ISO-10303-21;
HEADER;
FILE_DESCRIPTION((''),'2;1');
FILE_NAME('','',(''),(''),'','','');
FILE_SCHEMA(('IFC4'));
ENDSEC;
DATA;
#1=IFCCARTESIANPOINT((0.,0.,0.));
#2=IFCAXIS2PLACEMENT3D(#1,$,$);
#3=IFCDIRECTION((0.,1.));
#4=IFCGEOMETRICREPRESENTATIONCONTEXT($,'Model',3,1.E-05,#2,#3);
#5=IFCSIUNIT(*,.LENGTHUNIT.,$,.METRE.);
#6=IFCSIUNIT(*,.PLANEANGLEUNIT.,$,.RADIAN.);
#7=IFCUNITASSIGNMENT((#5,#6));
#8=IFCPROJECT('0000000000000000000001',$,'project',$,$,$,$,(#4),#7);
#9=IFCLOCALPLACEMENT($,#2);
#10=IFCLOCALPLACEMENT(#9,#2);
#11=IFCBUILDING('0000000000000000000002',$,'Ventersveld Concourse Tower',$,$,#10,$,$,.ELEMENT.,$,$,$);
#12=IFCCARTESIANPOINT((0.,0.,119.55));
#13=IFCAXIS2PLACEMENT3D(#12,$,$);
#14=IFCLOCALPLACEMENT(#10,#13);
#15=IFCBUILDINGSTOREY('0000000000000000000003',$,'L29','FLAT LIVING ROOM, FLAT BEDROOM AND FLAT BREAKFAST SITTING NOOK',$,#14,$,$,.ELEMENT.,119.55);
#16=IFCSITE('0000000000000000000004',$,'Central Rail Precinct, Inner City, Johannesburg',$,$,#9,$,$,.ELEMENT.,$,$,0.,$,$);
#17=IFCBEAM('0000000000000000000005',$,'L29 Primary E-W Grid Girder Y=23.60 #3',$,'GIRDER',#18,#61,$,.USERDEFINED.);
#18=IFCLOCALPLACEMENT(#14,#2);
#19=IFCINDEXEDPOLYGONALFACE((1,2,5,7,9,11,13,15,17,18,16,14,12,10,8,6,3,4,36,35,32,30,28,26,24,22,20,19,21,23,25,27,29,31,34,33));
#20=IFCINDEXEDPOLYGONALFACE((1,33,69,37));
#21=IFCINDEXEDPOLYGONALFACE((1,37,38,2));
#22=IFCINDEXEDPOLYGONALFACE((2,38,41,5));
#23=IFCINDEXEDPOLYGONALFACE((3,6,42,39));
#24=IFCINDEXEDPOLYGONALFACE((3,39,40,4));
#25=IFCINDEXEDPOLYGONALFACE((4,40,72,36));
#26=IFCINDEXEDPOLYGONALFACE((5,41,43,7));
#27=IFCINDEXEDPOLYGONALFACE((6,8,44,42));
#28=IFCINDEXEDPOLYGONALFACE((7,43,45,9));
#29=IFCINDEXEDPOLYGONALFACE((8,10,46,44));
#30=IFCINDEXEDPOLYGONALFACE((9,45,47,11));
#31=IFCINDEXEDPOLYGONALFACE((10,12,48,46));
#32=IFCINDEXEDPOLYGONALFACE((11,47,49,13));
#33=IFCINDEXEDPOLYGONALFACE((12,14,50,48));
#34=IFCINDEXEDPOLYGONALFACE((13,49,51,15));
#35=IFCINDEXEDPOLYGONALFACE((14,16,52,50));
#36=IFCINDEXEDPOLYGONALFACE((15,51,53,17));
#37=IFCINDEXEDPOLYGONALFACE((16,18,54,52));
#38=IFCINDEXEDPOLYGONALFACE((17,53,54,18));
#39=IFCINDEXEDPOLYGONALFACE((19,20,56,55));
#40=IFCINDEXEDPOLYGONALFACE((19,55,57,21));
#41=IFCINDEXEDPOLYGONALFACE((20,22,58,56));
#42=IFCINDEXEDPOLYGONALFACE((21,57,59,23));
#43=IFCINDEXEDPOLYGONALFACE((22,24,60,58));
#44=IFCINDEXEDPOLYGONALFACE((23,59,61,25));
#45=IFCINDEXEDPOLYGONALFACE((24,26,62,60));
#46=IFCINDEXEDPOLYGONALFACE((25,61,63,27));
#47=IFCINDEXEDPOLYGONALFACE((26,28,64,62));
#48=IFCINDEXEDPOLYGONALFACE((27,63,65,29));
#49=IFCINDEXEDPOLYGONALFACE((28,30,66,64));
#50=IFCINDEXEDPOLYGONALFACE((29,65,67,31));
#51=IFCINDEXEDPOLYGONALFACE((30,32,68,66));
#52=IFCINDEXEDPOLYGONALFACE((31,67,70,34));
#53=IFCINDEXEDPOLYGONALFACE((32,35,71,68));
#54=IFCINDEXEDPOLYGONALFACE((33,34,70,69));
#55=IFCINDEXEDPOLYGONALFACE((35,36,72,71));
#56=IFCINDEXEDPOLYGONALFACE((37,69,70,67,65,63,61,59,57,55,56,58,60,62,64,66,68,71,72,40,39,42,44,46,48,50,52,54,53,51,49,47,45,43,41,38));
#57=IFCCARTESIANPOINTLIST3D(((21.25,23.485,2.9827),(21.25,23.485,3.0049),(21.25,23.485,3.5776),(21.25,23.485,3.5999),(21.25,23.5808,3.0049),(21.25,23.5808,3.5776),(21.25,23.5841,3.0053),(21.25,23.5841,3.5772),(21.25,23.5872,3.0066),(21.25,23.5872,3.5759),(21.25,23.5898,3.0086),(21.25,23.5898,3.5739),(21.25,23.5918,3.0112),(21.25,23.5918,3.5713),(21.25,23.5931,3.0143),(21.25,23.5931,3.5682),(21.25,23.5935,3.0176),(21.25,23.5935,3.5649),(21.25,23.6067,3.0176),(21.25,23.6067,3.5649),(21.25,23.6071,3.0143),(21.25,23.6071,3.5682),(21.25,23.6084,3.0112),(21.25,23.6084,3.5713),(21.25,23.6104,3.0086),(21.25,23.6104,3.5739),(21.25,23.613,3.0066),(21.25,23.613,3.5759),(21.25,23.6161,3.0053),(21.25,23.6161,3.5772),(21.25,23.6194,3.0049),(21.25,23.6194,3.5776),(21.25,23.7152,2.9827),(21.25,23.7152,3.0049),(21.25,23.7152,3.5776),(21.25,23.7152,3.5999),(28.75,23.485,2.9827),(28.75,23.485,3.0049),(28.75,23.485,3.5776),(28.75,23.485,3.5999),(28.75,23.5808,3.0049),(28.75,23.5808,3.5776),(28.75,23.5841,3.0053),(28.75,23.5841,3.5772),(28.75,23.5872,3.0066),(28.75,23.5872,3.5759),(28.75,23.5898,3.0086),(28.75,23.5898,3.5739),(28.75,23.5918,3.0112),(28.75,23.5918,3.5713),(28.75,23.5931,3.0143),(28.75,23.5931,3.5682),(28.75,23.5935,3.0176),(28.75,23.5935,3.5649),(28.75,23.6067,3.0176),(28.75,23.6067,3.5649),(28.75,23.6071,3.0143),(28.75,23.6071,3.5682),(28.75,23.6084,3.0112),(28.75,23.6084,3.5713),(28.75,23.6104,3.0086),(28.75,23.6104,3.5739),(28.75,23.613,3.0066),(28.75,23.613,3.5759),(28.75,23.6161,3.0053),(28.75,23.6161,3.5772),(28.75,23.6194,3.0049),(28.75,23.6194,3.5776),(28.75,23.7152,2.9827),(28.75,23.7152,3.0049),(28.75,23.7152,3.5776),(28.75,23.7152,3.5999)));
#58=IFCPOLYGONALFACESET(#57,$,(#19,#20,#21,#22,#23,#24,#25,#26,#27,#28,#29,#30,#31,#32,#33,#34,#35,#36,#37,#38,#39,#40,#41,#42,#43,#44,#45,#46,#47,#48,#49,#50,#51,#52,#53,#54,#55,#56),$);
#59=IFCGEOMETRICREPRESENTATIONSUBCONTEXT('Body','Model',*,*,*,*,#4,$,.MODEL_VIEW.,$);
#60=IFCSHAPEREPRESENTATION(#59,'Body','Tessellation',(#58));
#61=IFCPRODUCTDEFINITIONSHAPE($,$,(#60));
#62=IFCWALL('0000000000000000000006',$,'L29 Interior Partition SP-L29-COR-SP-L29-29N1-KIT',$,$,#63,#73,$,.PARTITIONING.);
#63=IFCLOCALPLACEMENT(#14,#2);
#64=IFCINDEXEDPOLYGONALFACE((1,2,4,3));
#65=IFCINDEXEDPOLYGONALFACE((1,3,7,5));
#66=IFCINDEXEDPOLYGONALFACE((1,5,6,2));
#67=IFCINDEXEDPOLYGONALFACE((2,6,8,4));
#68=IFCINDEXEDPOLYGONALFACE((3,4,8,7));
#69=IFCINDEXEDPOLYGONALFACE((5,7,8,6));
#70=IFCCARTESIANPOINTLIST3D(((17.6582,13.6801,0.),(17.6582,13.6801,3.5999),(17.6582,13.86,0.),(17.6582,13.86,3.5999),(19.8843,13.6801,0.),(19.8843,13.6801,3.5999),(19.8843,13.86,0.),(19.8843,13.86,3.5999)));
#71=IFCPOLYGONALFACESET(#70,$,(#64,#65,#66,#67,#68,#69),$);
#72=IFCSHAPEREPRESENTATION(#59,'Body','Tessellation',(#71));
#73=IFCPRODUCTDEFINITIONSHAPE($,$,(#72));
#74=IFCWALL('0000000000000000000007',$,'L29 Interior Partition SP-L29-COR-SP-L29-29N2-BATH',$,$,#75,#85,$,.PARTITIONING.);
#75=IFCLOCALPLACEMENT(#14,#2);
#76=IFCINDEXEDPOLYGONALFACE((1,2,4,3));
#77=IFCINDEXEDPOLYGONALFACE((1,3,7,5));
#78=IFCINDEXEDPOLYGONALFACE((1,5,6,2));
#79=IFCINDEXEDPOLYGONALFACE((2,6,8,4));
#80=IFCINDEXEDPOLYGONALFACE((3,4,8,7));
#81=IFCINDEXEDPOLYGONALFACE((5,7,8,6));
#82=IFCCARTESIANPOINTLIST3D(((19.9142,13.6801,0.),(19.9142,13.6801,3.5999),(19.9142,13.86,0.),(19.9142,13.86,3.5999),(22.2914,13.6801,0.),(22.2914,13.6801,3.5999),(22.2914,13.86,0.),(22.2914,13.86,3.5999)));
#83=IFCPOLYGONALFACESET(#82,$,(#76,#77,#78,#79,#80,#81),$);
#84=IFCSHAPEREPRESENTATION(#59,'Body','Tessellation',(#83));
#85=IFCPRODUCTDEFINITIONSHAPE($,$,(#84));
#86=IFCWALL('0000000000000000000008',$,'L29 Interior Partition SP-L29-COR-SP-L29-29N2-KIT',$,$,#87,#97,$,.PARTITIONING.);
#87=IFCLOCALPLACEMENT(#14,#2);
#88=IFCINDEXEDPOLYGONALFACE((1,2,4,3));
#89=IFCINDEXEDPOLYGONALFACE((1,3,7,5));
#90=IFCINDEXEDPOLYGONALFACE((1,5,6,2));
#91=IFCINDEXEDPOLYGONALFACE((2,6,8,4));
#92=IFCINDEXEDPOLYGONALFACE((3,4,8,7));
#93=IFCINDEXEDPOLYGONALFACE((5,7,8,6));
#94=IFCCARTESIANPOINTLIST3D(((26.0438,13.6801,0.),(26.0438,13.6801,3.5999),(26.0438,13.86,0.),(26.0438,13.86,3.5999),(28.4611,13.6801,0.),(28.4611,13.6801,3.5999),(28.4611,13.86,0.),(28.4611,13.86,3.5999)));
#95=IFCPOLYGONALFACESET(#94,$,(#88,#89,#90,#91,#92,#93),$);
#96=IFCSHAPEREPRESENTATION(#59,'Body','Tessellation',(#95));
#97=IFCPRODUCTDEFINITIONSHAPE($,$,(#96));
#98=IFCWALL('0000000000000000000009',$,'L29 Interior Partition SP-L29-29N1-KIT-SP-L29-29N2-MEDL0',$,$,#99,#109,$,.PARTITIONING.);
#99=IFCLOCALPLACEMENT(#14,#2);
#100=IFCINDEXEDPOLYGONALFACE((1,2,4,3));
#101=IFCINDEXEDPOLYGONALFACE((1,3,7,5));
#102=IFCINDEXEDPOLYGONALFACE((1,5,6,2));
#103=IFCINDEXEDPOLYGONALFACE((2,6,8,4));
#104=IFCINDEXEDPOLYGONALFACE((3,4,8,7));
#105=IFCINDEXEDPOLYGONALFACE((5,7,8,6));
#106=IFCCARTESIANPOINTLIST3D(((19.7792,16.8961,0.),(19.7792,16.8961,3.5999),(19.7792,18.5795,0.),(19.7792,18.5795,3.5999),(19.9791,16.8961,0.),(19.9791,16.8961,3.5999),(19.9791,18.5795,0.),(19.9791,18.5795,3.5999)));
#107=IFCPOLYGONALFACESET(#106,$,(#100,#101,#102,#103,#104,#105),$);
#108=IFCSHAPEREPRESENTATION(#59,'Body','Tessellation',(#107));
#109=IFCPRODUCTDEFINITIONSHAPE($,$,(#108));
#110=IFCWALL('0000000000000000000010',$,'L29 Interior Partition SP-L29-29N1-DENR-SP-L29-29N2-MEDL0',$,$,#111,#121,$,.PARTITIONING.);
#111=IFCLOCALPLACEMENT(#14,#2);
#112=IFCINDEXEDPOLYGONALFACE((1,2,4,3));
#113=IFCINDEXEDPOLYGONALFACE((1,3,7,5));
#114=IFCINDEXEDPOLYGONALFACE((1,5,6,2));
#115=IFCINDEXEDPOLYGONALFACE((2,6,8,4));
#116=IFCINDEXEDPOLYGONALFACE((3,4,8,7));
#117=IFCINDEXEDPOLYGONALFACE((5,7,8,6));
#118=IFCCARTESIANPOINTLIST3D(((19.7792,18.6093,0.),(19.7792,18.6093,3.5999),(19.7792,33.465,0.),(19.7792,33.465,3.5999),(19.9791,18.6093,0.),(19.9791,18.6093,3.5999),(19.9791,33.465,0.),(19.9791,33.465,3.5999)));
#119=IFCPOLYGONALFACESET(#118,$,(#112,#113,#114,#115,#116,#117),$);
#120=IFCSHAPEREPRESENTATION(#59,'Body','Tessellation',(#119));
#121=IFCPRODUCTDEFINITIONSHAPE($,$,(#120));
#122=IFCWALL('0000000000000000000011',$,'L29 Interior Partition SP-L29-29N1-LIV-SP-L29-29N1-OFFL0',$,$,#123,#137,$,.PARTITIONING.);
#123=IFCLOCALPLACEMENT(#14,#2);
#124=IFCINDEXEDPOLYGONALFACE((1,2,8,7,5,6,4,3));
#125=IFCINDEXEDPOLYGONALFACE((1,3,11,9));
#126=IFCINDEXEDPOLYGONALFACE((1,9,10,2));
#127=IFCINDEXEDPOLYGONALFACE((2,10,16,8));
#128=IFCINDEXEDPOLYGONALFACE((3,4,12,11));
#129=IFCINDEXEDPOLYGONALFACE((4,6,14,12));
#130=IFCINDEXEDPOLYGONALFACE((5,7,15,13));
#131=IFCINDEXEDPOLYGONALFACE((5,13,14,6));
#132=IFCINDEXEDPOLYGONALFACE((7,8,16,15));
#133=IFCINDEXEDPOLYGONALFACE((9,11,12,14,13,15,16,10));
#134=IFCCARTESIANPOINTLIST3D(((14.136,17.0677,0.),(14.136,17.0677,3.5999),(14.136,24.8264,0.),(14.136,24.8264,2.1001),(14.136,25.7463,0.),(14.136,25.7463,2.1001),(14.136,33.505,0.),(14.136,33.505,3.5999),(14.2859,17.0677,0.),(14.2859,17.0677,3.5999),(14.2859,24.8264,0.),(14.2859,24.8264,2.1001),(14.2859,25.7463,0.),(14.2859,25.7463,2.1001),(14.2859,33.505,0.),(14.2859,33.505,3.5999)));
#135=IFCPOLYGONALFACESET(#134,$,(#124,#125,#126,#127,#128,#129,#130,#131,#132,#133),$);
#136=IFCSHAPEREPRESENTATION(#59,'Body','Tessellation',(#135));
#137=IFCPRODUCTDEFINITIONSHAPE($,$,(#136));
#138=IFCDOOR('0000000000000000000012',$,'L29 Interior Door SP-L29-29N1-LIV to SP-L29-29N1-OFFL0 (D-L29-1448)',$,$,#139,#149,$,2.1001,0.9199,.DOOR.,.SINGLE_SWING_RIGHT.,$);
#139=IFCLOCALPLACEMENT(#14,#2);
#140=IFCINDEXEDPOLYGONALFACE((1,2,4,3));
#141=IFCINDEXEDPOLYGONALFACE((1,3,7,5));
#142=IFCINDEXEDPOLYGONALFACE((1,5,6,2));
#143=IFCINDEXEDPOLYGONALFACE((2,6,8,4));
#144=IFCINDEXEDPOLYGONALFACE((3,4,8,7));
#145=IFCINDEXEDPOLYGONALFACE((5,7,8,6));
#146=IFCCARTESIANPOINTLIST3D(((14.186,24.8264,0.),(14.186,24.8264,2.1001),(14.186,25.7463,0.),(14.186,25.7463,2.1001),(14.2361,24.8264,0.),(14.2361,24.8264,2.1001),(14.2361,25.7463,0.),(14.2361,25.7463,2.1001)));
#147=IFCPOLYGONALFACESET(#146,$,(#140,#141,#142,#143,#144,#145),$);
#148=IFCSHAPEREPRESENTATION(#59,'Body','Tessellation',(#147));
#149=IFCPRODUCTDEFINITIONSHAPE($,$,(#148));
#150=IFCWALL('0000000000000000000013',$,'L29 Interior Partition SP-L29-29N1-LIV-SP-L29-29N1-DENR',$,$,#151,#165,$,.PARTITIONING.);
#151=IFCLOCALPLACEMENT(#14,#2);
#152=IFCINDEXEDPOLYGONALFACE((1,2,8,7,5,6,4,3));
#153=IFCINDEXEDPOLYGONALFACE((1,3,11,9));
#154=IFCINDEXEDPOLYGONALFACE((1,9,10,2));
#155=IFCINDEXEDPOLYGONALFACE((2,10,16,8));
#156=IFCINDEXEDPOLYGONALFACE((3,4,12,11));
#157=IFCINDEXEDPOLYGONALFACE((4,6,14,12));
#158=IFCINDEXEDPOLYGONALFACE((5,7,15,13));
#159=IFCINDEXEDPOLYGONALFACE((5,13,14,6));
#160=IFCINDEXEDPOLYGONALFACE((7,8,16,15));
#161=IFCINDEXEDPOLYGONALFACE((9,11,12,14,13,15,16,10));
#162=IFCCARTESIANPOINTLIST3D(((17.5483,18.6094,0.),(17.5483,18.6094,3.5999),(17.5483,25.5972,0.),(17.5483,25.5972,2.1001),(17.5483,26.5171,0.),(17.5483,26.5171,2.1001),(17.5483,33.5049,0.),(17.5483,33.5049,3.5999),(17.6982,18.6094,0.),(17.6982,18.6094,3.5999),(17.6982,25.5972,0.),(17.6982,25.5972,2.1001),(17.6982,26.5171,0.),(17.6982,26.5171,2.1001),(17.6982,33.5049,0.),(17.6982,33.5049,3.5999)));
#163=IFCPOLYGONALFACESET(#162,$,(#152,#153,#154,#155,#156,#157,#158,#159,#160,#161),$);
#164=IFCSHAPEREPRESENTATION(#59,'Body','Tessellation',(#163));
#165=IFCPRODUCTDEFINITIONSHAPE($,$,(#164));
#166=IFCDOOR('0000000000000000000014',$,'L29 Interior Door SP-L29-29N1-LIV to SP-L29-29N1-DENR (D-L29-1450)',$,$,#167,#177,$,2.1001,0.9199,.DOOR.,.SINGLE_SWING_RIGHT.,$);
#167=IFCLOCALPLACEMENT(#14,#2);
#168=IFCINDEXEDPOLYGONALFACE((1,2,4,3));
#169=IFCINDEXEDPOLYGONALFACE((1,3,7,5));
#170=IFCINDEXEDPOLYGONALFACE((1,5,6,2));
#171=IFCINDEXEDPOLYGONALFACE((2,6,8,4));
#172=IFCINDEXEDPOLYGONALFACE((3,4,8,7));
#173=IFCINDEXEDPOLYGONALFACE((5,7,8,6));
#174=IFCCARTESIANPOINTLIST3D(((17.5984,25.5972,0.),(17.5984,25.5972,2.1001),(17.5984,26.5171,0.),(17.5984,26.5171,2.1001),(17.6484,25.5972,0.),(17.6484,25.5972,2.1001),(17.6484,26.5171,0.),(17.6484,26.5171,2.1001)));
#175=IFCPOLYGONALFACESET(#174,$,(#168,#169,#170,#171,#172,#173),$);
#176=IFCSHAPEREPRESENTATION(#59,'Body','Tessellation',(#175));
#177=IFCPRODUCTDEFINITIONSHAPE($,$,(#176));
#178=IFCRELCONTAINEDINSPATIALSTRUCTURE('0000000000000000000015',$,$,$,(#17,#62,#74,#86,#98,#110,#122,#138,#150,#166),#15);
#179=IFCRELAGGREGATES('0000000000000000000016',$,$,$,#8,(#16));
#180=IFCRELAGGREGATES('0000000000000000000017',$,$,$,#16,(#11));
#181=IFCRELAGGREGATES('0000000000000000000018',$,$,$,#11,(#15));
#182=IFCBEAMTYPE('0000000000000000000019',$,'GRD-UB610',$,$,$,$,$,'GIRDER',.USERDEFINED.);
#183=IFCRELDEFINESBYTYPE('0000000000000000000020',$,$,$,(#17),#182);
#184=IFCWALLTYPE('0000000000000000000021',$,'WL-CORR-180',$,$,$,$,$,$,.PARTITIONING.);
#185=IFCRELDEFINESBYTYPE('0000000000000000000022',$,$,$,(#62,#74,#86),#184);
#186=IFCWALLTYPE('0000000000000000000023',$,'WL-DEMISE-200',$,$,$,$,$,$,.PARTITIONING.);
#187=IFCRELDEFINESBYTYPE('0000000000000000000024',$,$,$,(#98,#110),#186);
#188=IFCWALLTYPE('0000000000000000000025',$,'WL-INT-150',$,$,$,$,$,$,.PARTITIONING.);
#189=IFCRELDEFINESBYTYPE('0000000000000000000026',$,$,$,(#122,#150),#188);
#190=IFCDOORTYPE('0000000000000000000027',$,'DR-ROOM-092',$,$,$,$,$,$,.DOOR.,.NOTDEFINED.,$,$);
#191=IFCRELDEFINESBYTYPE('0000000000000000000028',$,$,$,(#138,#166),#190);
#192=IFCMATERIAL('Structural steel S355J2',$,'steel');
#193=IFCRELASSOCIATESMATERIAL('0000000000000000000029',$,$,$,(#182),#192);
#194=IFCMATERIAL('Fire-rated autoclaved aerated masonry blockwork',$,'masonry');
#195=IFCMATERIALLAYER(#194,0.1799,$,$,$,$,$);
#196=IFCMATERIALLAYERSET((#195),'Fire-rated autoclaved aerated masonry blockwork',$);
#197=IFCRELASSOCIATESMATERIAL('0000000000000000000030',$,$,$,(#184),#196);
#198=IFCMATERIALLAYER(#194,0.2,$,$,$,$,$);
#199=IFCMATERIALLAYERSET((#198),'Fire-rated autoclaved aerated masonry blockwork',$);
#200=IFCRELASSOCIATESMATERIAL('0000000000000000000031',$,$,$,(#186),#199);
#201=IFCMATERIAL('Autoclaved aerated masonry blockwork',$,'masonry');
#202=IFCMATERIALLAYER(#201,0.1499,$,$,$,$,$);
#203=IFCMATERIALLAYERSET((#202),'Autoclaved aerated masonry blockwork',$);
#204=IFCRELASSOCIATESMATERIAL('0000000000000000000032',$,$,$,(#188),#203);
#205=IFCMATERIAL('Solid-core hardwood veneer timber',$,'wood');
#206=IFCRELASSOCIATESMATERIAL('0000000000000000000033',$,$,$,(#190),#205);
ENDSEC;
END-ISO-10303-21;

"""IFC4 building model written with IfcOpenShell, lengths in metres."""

from ifc_helpers import new_model, si_unit, direction, frame, frame_2d, origin, origin_2d, place, context, subcontext, project, spatial, rectangle, i_section, extrude, material, layer, layer_set, material_profile, profile_set, type_object, element, fill, save


model = new_model("IFC4")

# Units and contexts
model_context = context("Model", 3, precision=1e-05, world=origin(), true_north=direction((0.0, 1.0)))
body_context = subcontext(model_context, "Body", "Model", "MODEL_VIEW")
ifc_project = project(units=[si_unit("LENGTHUNIT", "METRE"), si_unit("PLANEANGLEUNIT", "RADIAN")], contexts=[model_context])

# Site, building, storey
site_placement = place(None, origin())
site = spatial("IfcSite", under=ifc_project, at=site_placement, Name="Central Rail Precinct, Inner City, Johannesburg", CompositionType="ELEMENT", RefElevation=0.0)
building_placement = place(site_placement, origin())
building = spatial("IfcBuilding", under=site, at=building_placement, Name="Ventersveld Concourse Tower", CompositionType="ELEMENT")
storey_placement = place(building_placement, frame((0.0, 0.0, 119.55)))
storey = spatial("IfcBuildingStorey", under=building, at=storey_placement, Name="L29", Description="FLAT LIVING ROOM, FLAT BEDROOM AND FLAT BREAKFAST SITTING NOOK", CompositionType="ELEMENT", Elevation=119.55)

# Beam
ifc_material_1 = material(Name="Structural steel S355J2", Category="steel")
ifc_material_profile_1 = material_profile(ifc_material_1, i_section(OverallWidth=0.2302, OverallDepth=0.6172, WebThickness=0.0132, FlangeThickness=0.0222, FilletRadius=0.0127, at=origin_2d()), Name="UB 610x229x140")
ifc_profile_set_1 = profile_set([ifc_material_profile_1], Name="Structural steel S355J2")
beam_type_1 = type_object("IfcBeamType", Name="GRD-UB610", ElementType="GIRDER", PredefinedType="USERDEFINED", material=ifc_profile_set_1)
for number, where, z_axis, x_axis, name in (
    (1, (21.25, 23.6001, 3.2913), (1.0, 0.0, 0.0), (0.0, 1.0, 0.0), "L29 Primary E-W Grid Girder Y=23.60 #3"),
):
    element("IfcBeam", number, at=place(storey_placement, frame(where, z_axis=z_axis, x_axis=x_axis)), inside=storey, type_object=beam_type_1, Name=name, ObjectType="GIRDER", PredefinedType="USERDEFINED", context=body_context, shape_type="SweptSolid", body=[
        extrude(i_section(OverallWidth=0.2302, OverallDepth=0.6172, WebThickness=0.0132, FlangeThickness=0.0222, FilletRadius=0.0127, at=origin_2d()), origin(), (0.0, 0.0, 1.0), 7.5),
    ])

# Shared definitions
ifc_material_2 = material(Name="Fire-rated autoclaved aerated masonry blockwork", Category="masonry")
ifc_layer_1 = layer(ifc_material_2, 0.1799)
ifc_layer_set_1 = layer_set([ifc_layer_1], Name="Fire-rated autoclaved aerated masonry blockwork")
wall_type_1 = type_object("IfcWallType", Name="WL-CORR-180", PredefinedType="PARTITIONING", material=ifc_layer_set_1)
ifc_material_3 = material(Name="Solid-core hardwood veneer timber", Category="wood")

# Wall
wall_1_placement = place(storey_placement, frame((17.6582, 13.77, 0.0), z_axis=(0.0, 0.0, 1.0), x_axis=(1.0, 0.0, 0.0)))
element("IfcWall", 2, at=wall_1_placement, inside=storey, type_object=wall_type_1, Name="L29 Interior Partition SP-L29-COR-SP-L29-29N1-KIT", PredefinedType="PARTITIONING", context=body_context, shape_type="SweptSolid", body=[
    extrude(rectangle(XDim=2.2261, YDim=0.1799, at=frame_2d((1.113, 0.0))), origin(), (0.0, 0.0, 1.0), 3.5999),
])

# Walls
wall_2_placement = place(storey_placement, frame((19.9143, 13.77, 0.0), z_axis=(0.0, 0.0, 1.0), x_axis=(1.0, 0.0, 0.0)))
element("IfcWall", 3, at=wall_2_placement, inside=storey, type_object=wall_type_1, Name="L29 Interior Partition SP-L29-COR-SP-L29-29N2-BATH", PredefinedType="PARTITIONING", context=body_context, shape_type="SweptSolid", body=[
    extrude(rectangle(XDim=2.3772, YDim=0.1799, at=frame_2d((1.1885, 0.0))), origin(), (0.0, 0.0, 1.0), 3.5999),
])
wall_3_placement = place(storey_placement, frame((26.0439, 13.77, 0.0), z_axis=(0.0, 0.0, 1.0), x_axis=(1.0, 0.0, 0.0)))
element("IfcWall", 4, at=wall_3_placement, inside=storey, type_object=wall_type_1, Name="L29 Interior Partition SP-L29-COR-SP-L29-29N2-KIT", PredefinedType="PARTITIONING", context=body_context, shape_type="SweptSolid", body=[
    extrude(rectangle(XDim=2.4172, YDim=0.1799, at=frame_2d((1.2085, 0.0))), origin(), (0.0, 0.0, 1.0), 3.5999),
])
ifc_layer_2 = layer(ifc_material_2, 0.2)
ifc_layer_set_2 = layer_set([ifc_layer_2], Name="Fire-rated autoclaved aerated masonry blockwork")
wall_type_2 = type_object("IfcWallType", Name="WL-DEMISE-200", PredefinedType="PARTITIONING", material=ifc_layer_set_2)
wall_4_placement = place(storey_placement, frame((19.8792, 16.896, 0.0), z_axis=(0.0, 0.0, 1.0), x_axis=(0.0, 1.0, 0.0)))
element("IfcWall", 5, at=wall_4_placement, inside=storey, type_object=wall_type_2, Name="L29 Interior Partition SP-L29-29N1-KIT-SP-L29-29N2-MEDL0", PredefinedType="PARTITIONING", context=body_context, shape_type="SweptSolid", body=[
    extrude(rectangle(XDim=1.6833, YDim=0.2, at=frame_2d((0.8418, 0.0))), origin(), (0.0, 0.0, 1.0), 3.5999),
])
wall_5_placement = place(storey_placement, frame((19.8792, 18.6094, 0.0), z_axis=(0.0, 0.0, 1.0), x_axis=(0.0, 1.0, 0.0)))
element("IfcWall", 6, at=wall_5_placement, inside=storey, type_object=wall_type_2, Name="L29 Interior Partition SP-L29-29N1-DENR-SP-L29-29N2-MEDL0", PredefinedType="PARTITIONING", context=body_context, shape_type="SweptSolid", body=[
    extrude(rectangle(XDim=14.8557, YDim=0.2, at=frame_2d((7.4277, 0.0))), origin(), (0.0, 0.0, 1.0), 3.5999),
])

# Walls, openings, doors
ifc_material_4 = material(Name="Autoclaved aerated masonry blockwork", Category="masonry")
ifc_layer_3 = layer(ifc_material_4, 0.1499)
ifc_layer_set_3 = layer_set([ifc_layer_3], Name="Autoclaved aerated masonry blockwork")
wall_type_3 = type_object("IfcWallType", Name="WL-INT-150", PredefinedType="PARTITIONING", material=ifc_layer_set_3)
wall_6_placement = place(storey_placement, frame((14.2109, 17.0676, 0.0), z_axis=(0.0, 0.0, 1.0), x_axis=(0.0, 1.0, 0.0)))
wall_6 = element("IfcWall", 7, at=wall_6_placement, inside=storey, type_object=wall_type_3, Name="L29 Interior Partition SP-L29-29N1-LIV-SP-L29-29N1-OFFL0", PredefinedType="PARTITIONING", context=body_context, shape_type="SweptSolid", body=[
    extrude(rectangle(XDim=16.4373, YDim=0.1499, at=frame_2d((8.2188, 0.0))), origin(), (0.0, 0.0, 1.0), 3.5999),
])
opening_1_placement = place(wall_6_placement, frame((7.7588, 0.0, 0.0)))
opening_1 = element("IfcOpeningElement", 8, at=opening_1_placement, cuts=wall_6, PredefinedType="OPENING", context=body_context, shape_type="SweptSolid", body=[
    extrude(rectangle(XDim=0.9199, YDim=2.1001, at=frame_2d((0.46, 1.05))), frame((0.0, 0.085, 0.0), z_axis=(0.0, -1.0, 0.0), x_axis=(1.0, 0.0, 0.0)), (0.0, 0.0, 1.0), 0.1699),
])
door_type_1 = type_object("IfcDoorType", Name="DR-ROOM-092", OperationType="NOTDEFINED", PredefinedType="DOOR", material=ifc_material_3)
door_1_placement = place(opening_1_placement, origin())
door_1 = element("IfcDoor", 9, at=door_1_placement, inside=storey, type_object=door_type_1, Name="L29 Interior Door SP-L29-29N1-LIV to SP-L29-29N1-OFFL0 (D-L29-1448)", OperationType="SINGLE_SWING_RIGHT", OverallHeight=2.1001, OverallWidth=0.9199, PredefinedType="DOOR", context=body_context, shape_type="SweptSolid", body=[
    extrude(rectangle(XDim=0.9199, YDim=2.1001, at=frame_2d((0.46, 1.05))), frame((0.0, 0.0249, 0.0), z_axis=(0.0, -1.0, 0.0), x_axis=(1.0, 0.0, 0.0)), (0.0, 0.0, 1.0), 0.05),
])
fill(opening_1, door_1)
wall_7_placement = place(storey_placement, frame((17.6233, 18.6094, 0.0), z_axis=(0.0, 0.0, 1.0), x_axis=(0.0, 1.0, 0.0)))
wall_7 = element("IfcWall", 10, at=wall_7_placement, inside=storey, type_object=wall_type_3, Name="L29 Interior Partition SP-L29-29N1-LIV-SP-L29-29N1-DENR", PredefinedType="PARTITIONING", context=body_context, shape_type="SweptSolid", body=[
    extrude(rectangle(XDim=14.8955, YDim=0.1499, at=frame_2d((7.4478, 0.0))), origin(), (0.0, 0.0, 1.0), 3.5999),
])
opening_2_placement = place(wall_7_placement, frame((6.9878, 0.0, 0.0)))
opening_2 = element("IfcOpeningElement", 11, at=opening_2_placement, cuts=wall_7, PredefinedType="OPENING", context=body_context, shape_type="SweptSolid", body=[
    extrude(rectangle(XDim=0.9199, YDim=2.1001, at=frame_2d((0.46, 1.05))), frame((0.0, 0.085, 0.0), z_axis=(0.0, -1.0, 0.0), x_axis=(1.0, 0.0, 0.0)), (0.0, 0.0, 1.0), 0.1699),
])
door_2_placement = place(opening_2_placement, origin())
door_2 = element("IfcDoor", 12, at=door_2_placement, inside=storey, type_object=door_type_1, Name="L29 Interior Door SP-L29-29N1-LIV to SP-L29-29N1-DENR (D-L29-1450)", OperationType="SINGLE_SWING_RIGHT", OverallHeight=2.1001, OverallWidth=0.9199, PredefinedType="DOOR", context=body_context, shape_type="SweptSolid", body=[
    extrude(rectangle(XDim=0.9199, YDim=2.1001, at=frame_2d((0.46, 1.05))), frame((0.0, 0.0249, 0.0), z_axis=(0.0, -1.0, 0.0), x_axis=(1.0, 0.0, 0.0)), (0.0, 0.0, 1.0), 0.05),
])
fill(opening_2, door_2)

save(model, "model.ifc")
